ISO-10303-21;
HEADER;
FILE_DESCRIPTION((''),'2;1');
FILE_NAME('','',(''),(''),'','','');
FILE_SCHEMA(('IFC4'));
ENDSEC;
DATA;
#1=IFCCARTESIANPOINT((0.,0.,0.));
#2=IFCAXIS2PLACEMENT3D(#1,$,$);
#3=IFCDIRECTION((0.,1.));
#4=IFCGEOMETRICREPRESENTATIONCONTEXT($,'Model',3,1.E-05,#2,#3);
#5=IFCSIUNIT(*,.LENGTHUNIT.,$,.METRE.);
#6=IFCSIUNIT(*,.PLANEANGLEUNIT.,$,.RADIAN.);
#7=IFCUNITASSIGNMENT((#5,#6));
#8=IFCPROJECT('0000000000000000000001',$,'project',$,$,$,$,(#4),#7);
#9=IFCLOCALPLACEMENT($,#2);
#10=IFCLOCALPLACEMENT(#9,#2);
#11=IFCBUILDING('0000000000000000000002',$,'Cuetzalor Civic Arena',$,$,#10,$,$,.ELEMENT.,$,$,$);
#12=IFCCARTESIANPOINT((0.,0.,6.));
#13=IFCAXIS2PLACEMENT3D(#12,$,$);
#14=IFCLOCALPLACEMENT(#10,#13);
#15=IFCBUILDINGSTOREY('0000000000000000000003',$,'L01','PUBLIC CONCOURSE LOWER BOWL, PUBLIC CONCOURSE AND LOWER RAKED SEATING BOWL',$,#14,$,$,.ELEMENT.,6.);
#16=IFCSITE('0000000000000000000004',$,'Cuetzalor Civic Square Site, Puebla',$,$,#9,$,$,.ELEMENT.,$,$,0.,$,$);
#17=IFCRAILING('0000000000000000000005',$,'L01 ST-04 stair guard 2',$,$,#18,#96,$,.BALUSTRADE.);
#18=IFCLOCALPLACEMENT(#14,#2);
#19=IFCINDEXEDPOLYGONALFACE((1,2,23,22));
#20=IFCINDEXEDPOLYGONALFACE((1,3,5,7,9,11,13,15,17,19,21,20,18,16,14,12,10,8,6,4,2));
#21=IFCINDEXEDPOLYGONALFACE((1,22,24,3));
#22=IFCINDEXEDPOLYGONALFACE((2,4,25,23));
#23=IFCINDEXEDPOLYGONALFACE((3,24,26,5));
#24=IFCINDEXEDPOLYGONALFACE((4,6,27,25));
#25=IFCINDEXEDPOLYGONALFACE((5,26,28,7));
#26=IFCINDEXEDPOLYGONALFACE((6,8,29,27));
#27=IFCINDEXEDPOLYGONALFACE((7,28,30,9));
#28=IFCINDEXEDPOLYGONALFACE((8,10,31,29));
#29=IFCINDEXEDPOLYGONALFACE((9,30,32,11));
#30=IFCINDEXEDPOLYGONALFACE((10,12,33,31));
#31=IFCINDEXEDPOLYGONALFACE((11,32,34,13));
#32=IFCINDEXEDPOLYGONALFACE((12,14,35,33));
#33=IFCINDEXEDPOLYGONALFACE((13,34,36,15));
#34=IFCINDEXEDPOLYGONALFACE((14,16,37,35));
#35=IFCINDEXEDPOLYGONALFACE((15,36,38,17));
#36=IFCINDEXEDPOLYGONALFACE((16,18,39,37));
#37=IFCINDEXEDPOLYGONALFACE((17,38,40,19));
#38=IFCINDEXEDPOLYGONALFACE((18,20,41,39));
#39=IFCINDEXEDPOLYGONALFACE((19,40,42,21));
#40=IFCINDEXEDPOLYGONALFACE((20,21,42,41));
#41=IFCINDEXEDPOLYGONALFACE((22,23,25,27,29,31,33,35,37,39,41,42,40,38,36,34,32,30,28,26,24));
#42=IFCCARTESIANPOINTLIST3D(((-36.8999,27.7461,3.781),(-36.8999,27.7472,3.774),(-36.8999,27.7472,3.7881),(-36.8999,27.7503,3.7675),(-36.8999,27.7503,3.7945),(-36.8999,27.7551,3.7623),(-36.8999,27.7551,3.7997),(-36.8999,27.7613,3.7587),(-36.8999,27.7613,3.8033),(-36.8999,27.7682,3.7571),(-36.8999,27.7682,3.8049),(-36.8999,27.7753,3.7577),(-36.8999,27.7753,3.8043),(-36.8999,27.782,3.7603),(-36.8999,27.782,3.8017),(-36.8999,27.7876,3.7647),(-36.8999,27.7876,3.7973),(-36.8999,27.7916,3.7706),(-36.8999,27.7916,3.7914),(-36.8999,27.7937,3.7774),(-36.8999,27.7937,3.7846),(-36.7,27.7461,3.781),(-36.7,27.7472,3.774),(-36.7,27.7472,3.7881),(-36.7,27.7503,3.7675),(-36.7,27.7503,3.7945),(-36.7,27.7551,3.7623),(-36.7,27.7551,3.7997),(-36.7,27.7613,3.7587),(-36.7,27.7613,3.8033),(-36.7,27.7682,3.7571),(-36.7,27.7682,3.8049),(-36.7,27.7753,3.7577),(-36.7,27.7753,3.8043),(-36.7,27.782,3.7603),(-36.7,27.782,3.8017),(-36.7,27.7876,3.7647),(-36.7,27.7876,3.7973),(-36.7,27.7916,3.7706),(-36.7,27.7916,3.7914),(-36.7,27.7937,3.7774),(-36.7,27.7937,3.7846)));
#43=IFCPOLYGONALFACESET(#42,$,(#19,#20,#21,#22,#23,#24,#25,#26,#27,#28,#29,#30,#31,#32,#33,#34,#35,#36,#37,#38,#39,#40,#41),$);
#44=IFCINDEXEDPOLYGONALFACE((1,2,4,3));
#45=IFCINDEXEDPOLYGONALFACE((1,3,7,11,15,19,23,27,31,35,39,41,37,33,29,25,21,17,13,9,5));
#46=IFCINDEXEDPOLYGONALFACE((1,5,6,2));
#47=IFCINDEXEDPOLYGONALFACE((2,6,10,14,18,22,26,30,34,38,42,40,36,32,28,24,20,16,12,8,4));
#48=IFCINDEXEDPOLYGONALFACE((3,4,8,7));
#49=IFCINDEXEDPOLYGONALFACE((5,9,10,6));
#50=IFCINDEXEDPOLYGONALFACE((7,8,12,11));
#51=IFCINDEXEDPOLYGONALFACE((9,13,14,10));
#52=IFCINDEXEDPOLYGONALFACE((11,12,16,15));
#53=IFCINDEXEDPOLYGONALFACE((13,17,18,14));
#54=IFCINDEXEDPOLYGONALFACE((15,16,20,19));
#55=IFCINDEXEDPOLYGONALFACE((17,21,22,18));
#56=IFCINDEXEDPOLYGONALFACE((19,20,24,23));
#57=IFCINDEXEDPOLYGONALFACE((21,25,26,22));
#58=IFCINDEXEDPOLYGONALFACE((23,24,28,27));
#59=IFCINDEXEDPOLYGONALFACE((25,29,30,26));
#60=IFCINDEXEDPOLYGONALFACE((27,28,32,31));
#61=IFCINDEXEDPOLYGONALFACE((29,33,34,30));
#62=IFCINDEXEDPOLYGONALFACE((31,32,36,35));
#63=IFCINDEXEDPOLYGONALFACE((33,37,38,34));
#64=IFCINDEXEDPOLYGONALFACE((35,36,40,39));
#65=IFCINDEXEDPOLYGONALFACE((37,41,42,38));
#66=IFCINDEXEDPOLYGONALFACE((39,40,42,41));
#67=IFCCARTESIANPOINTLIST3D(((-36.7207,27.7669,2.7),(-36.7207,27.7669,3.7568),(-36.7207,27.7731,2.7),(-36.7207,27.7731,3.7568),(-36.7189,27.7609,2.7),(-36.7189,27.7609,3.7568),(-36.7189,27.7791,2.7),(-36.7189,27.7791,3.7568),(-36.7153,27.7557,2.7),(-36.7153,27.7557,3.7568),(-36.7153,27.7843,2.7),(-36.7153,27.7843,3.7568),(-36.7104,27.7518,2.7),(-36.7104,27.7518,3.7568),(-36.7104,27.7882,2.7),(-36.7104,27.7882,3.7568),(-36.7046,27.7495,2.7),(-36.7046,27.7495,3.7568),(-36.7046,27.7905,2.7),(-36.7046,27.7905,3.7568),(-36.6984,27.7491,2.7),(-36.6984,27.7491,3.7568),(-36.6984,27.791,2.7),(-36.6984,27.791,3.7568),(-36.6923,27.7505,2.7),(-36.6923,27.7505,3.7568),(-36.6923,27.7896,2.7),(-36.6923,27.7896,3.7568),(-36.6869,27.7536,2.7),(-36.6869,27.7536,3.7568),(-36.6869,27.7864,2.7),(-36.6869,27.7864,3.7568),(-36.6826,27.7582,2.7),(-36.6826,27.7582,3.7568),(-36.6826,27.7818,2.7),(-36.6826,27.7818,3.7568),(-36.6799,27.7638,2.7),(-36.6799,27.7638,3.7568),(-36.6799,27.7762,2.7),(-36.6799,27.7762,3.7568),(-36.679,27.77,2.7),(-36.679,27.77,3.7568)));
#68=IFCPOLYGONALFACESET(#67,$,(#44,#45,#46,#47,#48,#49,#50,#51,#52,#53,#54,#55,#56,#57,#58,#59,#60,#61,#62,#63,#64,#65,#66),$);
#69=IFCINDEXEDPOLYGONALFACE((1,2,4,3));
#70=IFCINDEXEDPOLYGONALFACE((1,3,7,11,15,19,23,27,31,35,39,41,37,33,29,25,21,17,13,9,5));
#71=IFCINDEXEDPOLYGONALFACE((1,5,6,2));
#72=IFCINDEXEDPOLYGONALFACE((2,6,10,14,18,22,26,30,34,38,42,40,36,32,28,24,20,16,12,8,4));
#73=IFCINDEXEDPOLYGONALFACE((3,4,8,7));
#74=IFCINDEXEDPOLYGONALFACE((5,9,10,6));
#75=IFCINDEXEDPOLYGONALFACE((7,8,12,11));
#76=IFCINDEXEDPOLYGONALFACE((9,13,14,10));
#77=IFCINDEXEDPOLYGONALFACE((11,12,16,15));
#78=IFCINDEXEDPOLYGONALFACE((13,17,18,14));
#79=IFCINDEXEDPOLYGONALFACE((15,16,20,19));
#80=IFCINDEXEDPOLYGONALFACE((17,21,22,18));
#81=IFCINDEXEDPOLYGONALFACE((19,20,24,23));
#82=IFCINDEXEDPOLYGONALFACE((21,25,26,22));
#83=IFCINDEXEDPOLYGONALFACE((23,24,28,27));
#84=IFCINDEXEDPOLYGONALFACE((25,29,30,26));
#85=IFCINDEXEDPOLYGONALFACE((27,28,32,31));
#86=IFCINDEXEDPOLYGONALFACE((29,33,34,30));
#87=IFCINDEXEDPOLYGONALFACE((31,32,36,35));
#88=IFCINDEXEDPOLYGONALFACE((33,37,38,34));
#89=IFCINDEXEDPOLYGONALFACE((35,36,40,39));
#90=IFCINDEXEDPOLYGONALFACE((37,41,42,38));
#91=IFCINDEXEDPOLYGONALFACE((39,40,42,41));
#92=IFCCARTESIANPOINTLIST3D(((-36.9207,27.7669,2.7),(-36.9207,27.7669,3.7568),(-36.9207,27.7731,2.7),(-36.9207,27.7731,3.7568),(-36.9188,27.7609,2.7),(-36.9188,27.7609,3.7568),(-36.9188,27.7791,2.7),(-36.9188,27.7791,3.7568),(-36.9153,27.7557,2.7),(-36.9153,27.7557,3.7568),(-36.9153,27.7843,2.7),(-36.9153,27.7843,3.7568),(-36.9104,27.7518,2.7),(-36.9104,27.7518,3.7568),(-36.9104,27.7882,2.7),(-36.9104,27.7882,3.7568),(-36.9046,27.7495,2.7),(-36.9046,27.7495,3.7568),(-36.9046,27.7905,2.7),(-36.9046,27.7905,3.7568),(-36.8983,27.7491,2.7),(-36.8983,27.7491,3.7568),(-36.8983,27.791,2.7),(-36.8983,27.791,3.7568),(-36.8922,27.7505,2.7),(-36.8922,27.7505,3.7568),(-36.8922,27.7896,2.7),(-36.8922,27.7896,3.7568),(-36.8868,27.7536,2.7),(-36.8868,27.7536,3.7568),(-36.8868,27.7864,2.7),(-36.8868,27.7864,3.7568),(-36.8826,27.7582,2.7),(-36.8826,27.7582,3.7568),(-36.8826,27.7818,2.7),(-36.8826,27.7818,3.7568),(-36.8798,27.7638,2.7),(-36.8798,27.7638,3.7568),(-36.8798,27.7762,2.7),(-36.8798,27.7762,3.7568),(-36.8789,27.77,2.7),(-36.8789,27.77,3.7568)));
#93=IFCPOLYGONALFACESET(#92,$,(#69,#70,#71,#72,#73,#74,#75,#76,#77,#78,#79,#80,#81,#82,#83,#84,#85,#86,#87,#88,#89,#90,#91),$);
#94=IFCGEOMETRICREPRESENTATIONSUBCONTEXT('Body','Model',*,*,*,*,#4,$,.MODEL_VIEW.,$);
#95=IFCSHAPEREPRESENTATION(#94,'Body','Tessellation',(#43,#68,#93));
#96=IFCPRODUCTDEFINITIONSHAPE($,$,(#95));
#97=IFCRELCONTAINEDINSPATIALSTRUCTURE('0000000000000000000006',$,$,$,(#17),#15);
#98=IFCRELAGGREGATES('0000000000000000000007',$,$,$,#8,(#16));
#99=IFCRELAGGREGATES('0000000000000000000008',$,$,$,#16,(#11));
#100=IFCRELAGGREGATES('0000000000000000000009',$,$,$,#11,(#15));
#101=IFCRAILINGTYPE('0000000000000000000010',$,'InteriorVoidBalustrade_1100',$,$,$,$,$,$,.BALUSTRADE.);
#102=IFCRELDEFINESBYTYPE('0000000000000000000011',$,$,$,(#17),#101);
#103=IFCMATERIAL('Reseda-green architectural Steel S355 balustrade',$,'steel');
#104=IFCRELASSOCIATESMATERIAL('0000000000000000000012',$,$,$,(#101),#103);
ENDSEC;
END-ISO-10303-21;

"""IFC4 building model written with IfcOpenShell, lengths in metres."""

from ifc_helpers import new_model, si_unit, direction, frame, origin, origin_2d, place, context, subcontext, project, spatial, circle, extrude, material, type_object, element, save


model = new_model("IFC4")

# Units and contexts
model_context = context("Model", 3, precision=1e-05, world=origin(), true_north=direction((0.0, 1.0)))
body_context = subcontext(model_context, "Body", "Model", "MODEL_VIEW")
ifc_project = project(units=[si_unit("LENGTHUNIT", "METRE"), si_unit("PLANEANGLEUNIT", "RADIAN")], contexts=[model_context])

# Site, building, storey
site_placement = place(None, origin())
site = spatial("IfcSite", under=ifc_project, at=site_placement, Name="Cuetzalor Civic Square Site, Puebla", CompositionType="ELEMENT", RefElevation=0.0)
building_placement = place(site_placement, origin())
building = spatial("IfcBuilding", under=site, at=building_placement, Name="Cuetzalor Civic Arena", CompositionType="ELEMENT")
storey_placement = place(building_placement, frame((0.0, 0.0, 6.0)))
storey = spatial("IfcBuildingStorey", under=building, at=storey_placement, Name="L01", Description="PUBLIC CONCOURSE LOWER BOWL, PUBLIC CONCOURSE AND LOWER RAKED SEATING BOWL", CompositionType="ELEMENT", Elevation=6.0)

# Railing
ifc_material_1 = material(Name="Reseda-green architectural Steel S355 balustrade", Category="steel")
railing_type_1 = type_object("IfcRailingType", Name="InteriorVoidBalustrade_1100", PredefinedType="BALUSTRADE", material=ifc_material_1)
railing_1_placement = place(storey_placement, frame((-36.7, 27.77, 2.7)))
element("IfcRailing", 1, at=railing_1_placement, inside=storey, type_object=railing_type_1, Name="L01 ST-04 stair guard 2", PredefinedType="BALUSTRADE", context=body_context, shape_type="SweptSolid", body=[
    extrude(circle(Radius=0.0239, at=origin_2d()), frame((0.0, 0.0, 1.0811), z_axis=(-1.0, 0.0, 0.0), x_axis=(0.0, -1.0, 0.0)), (0.0, 0.0, 1.0), 0.2),
    extrude(circle(Radius=0.021, at=origin_2d()), origin(), (0.0, 0.0, 1.0), 1.0569),
    extrude(circle(Radius=0.021, at=origin_2d()), frame((-0.2, 0.0, 0.0)), (0.0, 0.0, 1.0), 1.0569),
])

save(model, "model.ifc")
